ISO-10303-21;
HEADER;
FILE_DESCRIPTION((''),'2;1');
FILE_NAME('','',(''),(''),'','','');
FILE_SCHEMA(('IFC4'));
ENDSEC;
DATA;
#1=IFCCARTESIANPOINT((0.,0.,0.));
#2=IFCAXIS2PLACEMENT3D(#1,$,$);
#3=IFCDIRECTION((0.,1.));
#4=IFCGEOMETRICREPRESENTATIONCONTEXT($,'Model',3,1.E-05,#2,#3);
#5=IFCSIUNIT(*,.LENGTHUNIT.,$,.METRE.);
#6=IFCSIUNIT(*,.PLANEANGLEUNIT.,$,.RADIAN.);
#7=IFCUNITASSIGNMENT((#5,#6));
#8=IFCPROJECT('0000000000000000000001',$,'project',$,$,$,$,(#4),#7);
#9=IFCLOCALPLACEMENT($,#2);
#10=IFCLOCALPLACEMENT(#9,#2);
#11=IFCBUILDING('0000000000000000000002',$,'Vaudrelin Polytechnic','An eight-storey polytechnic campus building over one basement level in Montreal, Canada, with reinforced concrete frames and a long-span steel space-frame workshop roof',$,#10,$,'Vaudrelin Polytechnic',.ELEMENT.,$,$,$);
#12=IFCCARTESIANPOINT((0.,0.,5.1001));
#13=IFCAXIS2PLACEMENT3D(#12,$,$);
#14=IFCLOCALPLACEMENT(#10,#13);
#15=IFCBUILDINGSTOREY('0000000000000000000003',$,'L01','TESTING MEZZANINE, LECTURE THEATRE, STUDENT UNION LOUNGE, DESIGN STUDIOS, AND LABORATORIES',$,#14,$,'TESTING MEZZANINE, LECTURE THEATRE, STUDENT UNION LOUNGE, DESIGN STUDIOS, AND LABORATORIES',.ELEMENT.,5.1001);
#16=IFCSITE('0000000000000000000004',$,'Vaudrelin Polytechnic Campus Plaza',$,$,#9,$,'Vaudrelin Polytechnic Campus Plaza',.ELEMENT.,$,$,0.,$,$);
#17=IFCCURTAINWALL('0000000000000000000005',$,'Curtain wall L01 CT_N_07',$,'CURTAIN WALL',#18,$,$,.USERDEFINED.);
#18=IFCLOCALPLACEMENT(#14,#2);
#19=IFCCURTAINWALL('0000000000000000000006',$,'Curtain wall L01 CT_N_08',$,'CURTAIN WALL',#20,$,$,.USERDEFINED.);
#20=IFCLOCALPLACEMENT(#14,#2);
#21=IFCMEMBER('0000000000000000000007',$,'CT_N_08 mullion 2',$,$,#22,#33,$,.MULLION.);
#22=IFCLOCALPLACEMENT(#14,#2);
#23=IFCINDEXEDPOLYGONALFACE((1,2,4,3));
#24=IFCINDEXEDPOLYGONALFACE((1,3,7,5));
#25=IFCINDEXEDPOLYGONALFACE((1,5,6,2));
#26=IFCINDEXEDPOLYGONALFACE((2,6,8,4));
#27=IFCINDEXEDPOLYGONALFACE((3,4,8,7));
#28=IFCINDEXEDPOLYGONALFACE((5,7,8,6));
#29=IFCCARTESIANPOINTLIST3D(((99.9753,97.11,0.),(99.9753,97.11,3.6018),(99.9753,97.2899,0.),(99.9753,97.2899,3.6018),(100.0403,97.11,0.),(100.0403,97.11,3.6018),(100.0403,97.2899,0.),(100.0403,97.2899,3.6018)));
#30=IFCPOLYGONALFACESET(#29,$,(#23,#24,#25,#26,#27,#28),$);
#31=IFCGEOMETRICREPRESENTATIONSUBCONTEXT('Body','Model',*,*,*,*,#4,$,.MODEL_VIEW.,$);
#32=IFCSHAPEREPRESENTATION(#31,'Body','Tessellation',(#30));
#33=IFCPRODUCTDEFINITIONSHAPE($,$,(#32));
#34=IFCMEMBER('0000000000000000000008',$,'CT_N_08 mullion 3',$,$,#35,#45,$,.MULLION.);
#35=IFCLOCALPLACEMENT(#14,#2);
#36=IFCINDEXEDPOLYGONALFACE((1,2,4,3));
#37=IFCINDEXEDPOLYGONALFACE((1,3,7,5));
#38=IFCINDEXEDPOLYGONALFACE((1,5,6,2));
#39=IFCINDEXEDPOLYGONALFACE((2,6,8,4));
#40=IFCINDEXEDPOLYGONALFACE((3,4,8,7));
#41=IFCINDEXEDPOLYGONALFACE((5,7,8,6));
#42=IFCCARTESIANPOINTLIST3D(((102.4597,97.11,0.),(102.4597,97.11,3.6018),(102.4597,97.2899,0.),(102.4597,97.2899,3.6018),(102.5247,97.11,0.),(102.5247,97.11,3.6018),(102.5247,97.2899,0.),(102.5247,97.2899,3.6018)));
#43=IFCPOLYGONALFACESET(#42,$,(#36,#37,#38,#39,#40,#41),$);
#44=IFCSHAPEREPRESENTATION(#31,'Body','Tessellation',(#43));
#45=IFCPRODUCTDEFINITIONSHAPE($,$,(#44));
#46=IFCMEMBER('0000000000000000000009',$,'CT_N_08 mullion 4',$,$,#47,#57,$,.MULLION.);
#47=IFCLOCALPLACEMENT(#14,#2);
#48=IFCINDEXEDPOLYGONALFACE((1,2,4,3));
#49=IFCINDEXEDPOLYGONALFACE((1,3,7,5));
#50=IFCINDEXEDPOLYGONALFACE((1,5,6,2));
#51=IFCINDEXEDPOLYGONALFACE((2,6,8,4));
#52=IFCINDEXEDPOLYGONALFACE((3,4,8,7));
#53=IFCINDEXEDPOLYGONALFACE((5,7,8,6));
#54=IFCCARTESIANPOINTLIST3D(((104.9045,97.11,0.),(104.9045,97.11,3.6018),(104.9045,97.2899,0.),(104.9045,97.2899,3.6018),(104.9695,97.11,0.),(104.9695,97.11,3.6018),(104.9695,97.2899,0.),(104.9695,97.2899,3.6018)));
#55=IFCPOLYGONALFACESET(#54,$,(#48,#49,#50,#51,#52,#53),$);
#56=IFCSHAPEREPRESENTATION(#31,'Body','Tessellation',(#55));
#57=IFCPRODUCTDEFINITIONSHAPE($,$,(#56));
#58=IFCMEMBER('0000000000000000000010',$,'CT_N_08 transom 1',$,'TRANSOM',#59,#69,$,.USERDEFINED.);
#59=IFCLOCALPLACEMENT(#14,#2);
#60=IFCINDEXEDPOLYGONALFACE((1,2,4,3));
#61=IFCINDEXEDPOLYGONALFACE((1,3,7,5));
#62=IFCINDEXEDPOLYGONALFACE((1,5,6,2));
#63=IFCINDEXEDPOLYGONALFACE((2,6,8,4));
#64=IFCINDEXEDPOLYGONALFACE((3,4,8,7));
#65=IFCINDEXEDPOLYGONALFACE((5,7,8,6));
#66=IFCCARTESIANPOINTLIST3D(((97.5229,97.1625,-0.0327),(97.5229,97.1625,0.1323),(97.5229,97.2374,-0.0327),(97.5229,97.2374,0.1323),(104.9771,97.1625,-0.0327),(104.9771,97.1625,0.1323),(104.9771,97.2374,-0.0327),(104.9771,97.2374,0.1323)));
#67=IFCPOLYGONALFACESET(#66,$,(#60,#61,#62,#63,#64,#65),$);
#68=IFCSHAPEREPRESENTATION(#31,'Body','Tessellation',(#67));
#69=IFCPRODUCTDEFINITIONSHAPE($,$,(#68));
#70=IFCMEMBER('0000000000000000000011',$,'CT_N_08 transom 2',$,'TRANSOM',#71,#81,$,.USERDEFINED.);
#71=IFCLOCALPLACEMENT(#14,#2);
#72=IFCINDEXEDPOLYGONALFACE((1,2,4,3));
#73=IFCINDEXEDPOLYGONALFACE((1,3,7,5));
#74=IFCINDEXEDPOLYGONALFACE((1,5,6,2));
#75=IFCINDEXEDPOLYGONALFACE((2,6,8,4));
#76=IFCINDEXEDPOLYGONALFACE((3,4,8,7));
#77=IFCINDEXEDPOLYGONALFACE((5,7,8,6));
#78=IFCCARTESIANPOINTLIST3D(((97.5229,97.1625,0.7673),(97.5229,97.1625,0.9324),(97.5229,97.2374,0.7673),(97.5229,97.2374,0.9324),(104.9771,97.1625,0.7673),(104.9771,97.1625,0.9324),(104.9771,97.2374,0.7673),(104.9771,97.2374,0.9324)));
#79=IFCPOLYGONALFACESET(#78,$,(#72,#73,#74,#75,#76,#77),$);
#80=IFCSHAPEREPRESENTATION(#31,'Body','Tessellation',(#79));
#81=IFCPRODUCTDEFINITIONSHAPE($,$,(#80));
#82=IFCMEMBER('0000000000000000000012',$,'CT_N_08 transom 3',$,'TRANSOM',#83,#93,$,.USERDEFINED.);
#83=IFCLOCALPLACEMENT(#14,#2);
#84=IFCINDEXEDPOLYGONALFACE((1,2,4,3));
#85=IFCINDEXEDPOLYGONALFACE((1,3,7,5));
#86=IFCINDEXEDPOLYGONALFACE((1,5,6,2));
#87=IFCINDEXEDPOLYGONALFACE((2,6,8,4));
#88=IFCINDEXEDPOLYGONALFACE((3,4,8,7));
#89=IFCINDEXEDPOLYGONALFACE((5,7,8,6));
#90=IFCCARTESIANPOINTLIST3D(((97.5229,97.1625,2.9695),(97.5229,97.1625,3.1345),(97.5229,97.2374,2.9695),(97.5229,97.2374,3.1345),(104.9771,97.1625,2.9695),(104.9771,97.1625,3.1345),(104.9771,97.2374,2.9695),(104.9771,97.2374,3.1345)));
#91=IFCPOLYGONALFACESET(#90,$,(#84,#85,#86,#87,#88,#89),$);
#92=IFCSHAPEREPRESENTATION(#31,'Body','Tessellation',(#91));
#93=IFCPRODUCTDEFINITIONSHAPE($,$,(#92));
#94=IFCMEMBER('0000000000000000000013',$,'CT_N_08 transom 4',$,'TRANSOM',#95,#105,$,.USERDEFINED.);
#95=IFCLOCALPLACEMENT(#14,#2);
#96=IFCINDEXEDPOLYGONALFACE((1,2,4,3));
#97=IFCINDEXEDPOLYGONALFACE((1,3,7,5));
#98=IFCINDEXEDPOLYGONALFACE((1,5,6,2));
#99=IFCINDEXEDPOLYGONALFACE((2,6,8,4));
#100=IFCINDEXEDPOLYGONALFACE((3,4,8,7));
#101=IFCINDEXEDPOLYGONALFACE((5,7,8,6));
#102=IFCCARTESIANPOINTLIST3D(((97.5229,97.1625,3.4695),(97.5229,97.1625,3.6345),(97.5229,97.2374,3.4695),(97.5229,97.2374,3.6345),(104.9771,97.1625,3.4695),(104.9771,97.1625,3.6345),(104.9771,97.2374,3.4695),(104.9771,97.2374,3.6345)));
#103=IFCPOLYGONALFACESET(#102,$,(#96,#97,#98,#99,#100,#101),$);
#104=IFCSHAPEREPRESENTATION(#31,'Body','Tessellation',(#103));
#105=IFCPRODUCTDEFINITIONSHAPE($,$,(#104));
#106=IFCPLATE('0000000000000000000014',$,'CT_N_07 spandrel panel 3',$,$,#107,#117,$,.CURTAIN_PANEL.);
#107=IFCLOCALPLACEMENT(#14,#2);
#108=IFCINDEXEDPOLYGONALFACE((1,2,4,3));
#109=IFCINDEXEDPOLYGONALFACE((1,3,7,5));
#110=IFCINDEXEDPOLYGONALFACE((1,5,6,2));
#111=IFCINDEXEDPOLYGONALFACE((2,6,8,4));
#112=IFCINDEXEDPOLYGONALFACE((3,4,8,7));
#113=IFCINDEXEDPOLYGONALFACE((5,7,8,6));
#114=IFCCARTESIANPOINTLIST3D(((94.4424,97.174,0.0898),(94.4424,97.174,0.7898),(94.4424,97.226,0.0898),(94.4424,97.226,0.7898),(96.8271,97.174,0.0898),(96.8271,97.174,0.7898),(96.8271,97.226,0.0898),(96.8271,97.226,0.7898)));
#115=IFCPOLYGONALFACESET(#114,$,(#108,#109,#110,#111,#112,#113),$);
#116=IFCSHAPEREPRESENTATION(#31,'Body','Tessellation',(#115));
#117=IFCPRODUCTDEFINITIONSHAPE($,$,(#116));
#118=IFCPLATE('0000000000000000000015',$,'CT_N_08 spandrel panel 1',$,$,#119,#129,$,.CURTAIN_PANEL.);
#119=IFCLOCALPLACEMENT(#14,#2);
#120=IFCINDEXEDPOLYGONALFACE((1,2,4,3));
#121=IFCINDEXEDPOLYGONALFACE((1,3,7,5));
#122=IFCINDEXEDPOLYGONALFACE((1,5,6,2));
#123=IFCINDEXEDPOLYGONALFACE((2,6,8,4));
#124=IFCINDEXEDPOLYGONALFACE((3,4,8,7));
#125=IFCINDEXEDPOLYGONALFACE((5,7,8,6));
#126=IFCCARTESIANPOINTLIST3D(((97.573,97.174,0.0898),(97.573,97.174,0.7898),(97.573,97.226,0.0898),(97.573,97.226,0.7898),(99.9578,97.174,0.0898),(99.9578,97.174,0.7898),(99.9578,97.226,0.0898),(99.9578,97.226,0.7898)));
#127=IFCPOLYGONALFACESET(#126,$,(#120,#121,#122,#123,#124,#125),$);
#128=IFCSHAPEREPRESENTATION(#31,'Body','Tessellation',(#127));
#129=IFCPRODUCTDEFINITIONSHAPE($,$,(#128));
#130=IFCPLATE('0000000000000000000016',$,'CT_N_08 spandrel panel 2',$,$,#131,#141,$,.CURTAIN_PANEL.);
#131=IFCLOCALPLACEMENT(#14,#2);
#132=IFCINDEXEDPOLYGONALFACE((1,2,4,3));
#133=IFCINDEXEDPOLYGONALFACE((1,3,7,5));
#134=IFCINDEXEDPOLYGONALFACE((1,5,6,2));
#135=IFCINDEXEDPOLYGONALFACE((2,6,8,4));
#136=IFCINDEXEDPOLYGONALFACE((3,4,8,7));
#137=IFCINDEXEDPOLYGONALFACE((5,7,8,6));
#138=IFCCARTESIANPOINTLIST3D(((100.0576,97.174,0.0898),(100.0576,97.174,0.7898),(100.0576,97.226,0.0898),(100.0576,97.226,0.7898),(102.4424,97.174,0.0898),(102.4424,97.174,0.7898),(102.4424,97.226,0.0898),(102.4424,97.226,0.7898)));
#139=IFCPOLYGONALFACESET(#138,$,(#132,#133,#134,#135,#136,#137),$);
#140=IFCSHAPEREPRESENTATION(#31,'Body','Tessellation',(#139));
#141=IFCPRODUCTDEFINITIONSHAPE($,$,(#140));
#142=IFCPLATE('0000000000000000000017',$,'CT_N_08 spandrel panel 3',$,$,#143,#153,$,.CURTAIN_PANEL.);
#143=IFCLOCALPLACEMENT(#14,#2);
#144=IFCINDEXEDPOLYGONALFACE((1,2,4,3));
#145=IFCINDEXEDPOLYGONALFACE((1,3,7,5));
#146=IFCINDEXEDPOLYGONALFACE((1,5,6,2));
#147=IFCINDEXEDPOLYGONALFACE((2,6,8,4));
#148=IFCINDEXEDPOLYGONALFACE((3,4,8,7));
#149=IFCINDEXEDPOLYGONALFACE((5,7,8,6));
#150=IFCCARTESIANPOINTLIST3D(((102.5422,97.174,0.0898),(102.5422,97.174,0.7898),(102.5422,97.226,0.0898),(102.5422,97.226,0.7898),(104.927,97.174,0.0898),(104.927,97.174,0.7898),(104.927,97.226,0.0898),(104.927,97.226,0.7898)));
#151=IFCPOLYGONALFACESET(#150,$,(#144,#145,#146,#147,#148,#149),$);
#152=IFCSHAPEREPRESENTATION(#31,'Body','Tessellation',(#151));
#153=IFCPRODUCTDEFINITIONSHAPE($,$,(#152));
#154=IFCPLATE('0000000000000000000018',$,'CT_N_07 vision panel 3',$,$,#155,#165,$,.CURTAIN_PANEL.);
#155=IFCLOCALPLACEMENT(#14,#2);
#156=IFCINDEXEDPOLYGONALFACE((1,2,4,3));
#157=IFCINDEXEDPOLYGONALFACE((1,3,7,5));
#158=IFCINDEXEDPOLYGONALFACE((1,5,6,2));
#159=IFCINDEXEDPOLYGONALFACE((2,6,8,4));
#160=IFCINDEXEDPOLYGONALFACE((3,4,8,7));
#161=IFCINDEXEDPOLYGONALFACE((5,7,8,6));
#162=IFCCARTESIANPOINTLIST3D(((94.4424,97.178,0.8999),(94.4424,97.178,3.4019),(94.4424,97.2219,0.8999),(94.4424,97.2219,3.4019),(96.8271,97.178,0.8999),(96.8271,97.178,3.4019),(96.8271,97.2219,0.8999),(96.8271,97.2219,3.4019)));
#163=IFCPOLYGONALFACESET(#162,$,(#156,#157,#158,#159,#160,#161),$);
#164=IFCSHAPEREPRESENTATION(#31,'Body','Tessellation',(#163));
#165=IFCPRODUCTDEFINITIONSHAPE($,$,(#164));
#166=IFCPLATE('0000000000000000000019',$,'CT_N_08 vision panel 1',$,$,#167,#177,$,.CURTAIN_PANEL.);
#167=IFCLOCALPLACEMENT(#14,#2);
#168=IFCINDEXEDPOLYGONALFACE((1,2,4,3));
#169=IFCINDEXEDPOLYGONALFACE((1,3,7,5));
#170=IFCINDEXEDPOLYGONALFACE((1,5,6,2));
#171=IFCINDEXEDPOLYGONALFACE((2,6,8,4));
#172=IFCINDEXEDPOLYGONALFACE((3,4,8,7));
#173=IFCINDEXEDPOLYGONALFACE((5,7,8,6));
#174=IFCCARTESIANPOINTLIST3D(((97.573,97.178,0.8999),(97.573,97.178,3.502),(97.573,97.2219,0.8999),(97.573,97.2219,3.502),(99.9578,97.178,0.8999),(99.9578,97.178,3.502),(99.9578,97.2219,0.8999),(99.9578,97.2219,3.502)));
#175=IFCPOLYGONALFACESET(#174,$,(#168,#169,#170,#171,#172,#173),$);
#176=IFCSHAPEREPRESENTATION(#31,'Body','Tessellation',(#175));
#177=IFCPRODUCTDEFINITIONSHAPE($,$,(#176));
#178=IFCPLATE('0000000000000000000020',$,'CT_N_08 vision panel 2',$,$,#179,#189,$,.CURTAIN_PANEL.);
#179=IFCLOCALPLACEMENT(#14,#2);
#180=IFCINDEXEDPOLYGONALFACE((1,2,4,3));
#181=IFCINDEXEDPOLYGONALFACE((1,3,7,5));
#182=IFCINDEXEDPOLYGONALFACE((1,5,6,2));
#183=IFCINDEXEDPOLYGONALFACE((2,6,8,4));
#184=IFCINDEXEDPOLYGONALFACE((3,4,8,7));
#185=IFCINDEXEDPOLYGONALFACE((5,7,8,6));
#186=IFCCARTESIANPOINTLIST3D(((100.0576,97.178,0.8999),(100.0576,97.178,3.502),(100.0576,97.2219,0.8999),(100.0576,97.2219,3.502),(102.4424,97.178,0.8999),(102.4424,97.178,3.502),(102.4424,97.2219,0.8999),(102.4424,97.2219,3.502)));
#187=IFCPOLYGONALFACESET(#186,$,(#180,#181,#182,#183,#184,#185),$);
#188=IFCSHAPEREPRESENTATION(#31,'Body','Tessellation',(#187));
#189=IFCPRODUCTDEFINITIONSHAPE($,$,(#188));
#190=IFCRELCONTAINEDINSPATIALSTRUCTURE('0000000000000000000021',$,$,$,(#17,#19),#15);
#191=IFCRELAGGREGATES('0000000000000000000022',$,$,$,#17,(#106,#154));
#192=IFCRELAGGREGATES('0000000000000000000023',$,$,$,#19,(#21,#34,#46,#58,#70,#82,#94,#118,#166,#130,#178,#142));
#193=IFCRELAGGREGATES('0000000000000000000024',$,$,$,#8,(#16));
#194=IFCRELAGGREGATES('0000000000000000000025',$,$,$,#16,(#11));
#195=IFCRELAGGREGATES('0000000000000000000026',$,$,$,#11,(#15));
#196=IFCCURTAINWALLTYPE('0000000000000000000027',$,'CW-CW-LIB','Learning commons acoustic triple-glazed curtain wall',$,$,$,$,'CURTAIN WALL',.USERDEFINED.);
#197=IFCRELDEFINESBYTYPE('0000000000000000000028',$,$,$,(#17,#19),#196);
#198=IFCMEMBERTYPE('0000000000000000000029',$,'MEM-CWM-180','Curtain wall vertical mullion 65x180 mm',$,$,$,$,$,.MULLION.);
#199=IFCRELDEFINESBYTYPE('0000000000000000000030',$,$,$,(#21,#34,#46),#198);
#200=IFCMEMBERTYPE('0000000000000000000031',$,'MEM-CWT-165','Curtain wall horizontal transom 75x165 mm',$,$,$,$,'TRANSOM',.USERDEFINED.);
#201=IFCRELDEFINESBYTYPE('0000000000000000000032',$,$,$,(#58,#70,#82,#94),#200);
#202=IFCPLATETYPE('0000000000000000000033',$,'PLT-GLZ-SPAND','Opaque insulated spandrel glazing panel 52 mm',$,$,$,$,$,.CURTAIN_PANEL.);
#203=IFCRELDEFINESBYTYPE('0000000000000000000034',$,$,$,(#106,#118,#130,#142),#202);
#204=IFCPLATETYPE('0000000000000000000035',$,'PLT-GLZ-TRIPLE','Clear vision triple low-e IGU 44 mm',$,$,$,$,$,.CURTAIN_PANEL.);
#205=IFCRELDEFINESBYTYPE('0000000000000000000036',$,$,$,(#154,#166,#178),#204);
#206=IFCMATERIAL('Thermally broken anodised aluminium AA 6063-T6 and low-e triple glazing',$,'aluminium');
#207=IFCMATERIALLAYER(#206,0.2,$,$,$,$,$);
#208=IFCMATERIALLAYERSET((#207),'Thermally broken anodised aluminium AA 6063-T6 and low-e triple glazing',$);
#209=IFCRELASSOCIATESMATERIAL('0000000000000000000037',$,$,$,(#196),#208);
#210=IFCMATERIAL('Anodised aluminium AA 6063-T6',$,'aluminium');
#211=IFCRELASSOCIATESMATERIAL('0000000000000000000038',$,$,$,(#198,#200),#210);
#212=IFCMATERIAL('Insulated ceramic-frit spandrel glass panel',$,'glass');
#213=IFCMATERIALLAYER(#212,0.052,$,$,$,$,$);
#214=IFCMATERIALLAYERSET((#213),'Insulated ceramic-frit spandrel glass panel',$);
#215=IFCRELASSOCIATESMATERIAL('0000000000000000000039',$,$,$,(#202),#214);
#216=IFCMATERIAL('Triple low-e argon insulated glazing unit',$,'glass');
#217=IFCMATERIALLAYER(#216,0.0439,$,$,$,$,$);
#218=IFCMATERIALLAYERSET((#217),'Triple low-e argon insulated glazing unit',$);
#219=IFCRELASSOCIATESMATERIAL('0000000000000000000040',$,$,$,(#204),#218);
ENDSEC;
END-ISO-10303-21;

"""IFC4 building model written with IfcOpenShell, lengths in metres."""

from ifc_helpers import new_model, si_unit, direction, frame, origin, origin_2d, place, context, subcontext, project, spatial, rectangle, extrude, material, layer, layer_set, material_profile, profile_set, type_object, element, aggregate, save


model = new_model("IFC4")

# Units and contexts
model_context = context("Model", 3, precision=1e-05, world=origin(), true_north=direction((0.0, 1.0)))
body_context = subcontext(model_context, "Body", "Model", "MODEL_VIEW")
ifc_project = project(units=[si_unit("LENGTHUNIT", "METRE"), si_unit("PLANEANGLEUNIT", "RADIAN")], contexts=[model_context])

# Site, building, storey
site_placement = place(None, origin())
site = spatial("IfcSite", under=ifc_project, at=site_placement, Name="Vaudrelin Polytechnic Campus Plaza", LongName="Vaudrelin Polytechnic Campus Plaza", CompositionType="ELEMENT", RefElevation=0.0)
building_placement = place(site_placement, origin())
building = spatial("IfcBuilding", under=site, at=building_placement, Name="Vaudrelin Polytechnic", Description="An eight-storey polytechnic campus building over one basement level in Montreal, Canada, with reinforced concrete frames and a long-span steel space-frame workshop roof", LongName="Vaudrelin Polytechnic", CompositionType="ELEMENT")
storey_placement = place(building_placement, frame((0.0, 0.0, 5.1001)))
storey = spatial("IfcBuildingStorey", under=building, at=storey_placement, Name="L01", Description="TESTING MEZZANINE, LECTURE THEATRE, STUDENT UNION LOUNGE, DESIGN STUDIOS, AND LABORATORIES", LongName="TESTING MEZZANINE, LECTURE THEATRE, STUDENT UNION LOUNGE, DESIGN STUDIOS, AND LABORATORIES", CompositionType="ELEMENT", Elevation=5.1001)

# Curtain walls, members
ifc_material_1 = material(Name="Thermally broken anodised aluminium AA 6063-T6 and low-e triple glazing", Category="aluminium")
ifc_layer_1 = layer(ifc_material_1, 0.2)
ifc_layer_set_1 = layer_set([ifc_layer_1], Name="Thermally broken anodised aluminium AA 6063-T6 and low-e triple glazing")
curtain_wall_type = type_object("IfcCurtainWallType", Name="CW-CW-LIB", Description="Learning commons acoustic triple-glazed curtain wall", ElementType="CURTAIN WALL", PredefinedType="USERDEFINED", material=ifc_layer_set_1)
curtain_wall_1_placement = place(storey_placement, origin())
curtain_wall_1 = element("IfcCurtainWall", 1, at=curtain_wall_1_placement, inside=storey, type_object=curtain_wall_type, Name="Curtain wall L01 CT_N_07", ObjectType="CURTAIN WALL", PredefinedType="USERDEFINED")
ifc_material_2 = material(Name="Anodised aluminium AA 6063-T6", Category="aluminium")
ifc_material_profile_1 = material_profile(ifc_material_2, rectangle(XDim=0.0649, YDim=0.1799, at=origin_2d()), Name="CWM-65x180")
ifc_profile_set_1 = profile_set([ifc_material_profile_1], Name="Anodised aluminium AA 6063-T6")
member_type_1 = type_object("IfcMemberType", Name="MEM-CWM-180", Description="Curtain wall vertical mullion 65x180 mm", PredefinedType="MULLION", material=ifc_profile_set_1)
curtain_wall_2_placement = place(storey_placement, origin())
curtain_wall_2 = element("IfcCurtainWall", 2, at=curtain_wall_2_placement, inside=storey, type_object=curtain_wall_type, Name="Curtain wall L01 CT_N_08", ObjectType="CURTAIN WALL", PredefinedType="USERDEFINED")
member_1_placement = place(storey_placement, frame((100.0078, 97.2, 0.0), z_axis=(0.0, 0.0, 1.0), x_axis=(1.0, 0.0, 0.0)))
member_1 = element("IfcMember", 3, at=member_1_placement, type_object=member_type_1, Name="CT_N_08 mullion 2", PredefinedType="MULLION", context=body_context, shape_type="SweptSolid", body=[
    extrude(rectangle(XDim=0.0649, YDim=0.1799, at=origin_2d()), origin(), (0.0, 0.0, 1.0), 3.6018),
])
member_2_placement = place(storey_placement, frame((102.4922, 97.2, 0.0), z_axis=(0.0, 0.0, 1.0), x_axis=(1.0, 0.0, 0.0)))
member_2 = element("IfcMember", 4, at=member_2_placement, type_object=member_type_1, Name="CT_N_08 mullion 3", PredefinedType="MULLION", context=body_context, shape_type="SweptSolid", body=[
    extrude(rectangle(XDim=0.0649, YDim=0.1799, at=origin_2d()), origin(), (0.0, 0.0, 1.0), 3.6018),
])
member_3_placement = place(storey_placement, frame((104.937, 97.2, 0.0), z_axis=(0.0, 0.0, 1.0), x_axis=(1.0, 0.0, 0.0)))
member_3 = element("IfcMember", 5, at=member_3_placement, type_object=member_type_1, Name="CT_N_08 mullion 4", PredefinedType="MULLION", context=body_context, shape_type="SweptSolid", body=[
    extrude(rectangle(XDim=0.0649, YDim=0.1799, at=origin_2d()), origin(), (0.0, 0.0, 1.0), 3.6018),
])
ifc_material_profile_2 = material_profile(ifc_material_2, rectangle(XDim=0.075, YDim=0.165, at=origin_2d()), Name="CWT-75x165")
ifc_profile_set_2 = profile_set([ifc_material_profile_2], Name="Anodised aluminium AA 6063-T6")
member_type_2 = type_object("IfcMemberType", Name="MEM-CWT-165", Description="Curtain wall horizontal transom 75x165 mm", ElementType="TRANSOM", PredefinedType="USERDEFINED", material=ifc_profile_set_2)
member_4_placement = place(storey_placement, frame((97.5229, 97.2, 0.0498), z_axis=(1.0, 0.0, 0.0), x_axis=(0.0, 1.0, 0.0)))
member_4 = element("IfcMember", 6, at=member_4_placement, type_object=member_type_2, Name="CT_N_08 transom 1", ObjectType="TRANSOM", PredefinedType="USERDEFINED", context=body_context, shape_type="SweptSolid", body=[
    extrude(rectangle(XDim=0.075, YDim=0.165, at=origin_2d()), origin(), (0.0, 0.0, 1.0), 7.4541),
])
member_5_placement = place(storey_placement, frame((97.5229, 97.2, 0.8499), z_axis=(1.0, 0.0, 0.0), x_axis=(0.0, 1.0, 0.0)))
member_5 = element("IfcMember", 7, at=member_5_placement, type_object=member_type_2, Name="CT_N_08 transom 2", ObjectType="TRANSOM", PredefinedType="USERDEFINED", context=body_context, shape_type="SweptSolid", body=[
    extrude(rectangle(XDim=0.075, YDim=0.165, at=origin_2d()), origin(), (0.0, 0.0, 1.0), 7.4541),
])
member_6_placement = place(storey_placement, frame((97.5229, 97.2, 3.052), z_axis=(1.0, 0.0, 0.0), x_axis=(0.0, 1.0, 0.0)))
member_6 = element("IfcMember", 8, at=member_6_placement, type_object=member_type_2, Name="CT_N_08 transom 3", ObjectType="TRANSOM", PredefinedType="USERDEFINED", context=body_context, shape_type="SweptSolid", body=[
    extrude(rectangle(XDim=0.075, YDim=0.165, at=origin_2d()), origin(), (0.0, 0.0, 1.0), 7.4541),
])
member_7_placement = place(storey_placement, frame((97.5229, 97.2, 3.552), z_axis=(1.0, 0.0, 0.0), x_axis=(0.0, 1.0, 0.0)))
member_7 = element("IfcMember", 9, at=member_7_placement, type_object=member_type_2, Name="CT_N_08 transom 4", ObjectType="TRANSOM", PredefinedType="USERDEFINED", context=body_context, shape_type="SweptSolid", body=[
    extrude(rectangle(XDim=0.075, YDim=0.165, at=origin_2d()), origin(), (0.0, 0.0, 1.0), 7.4541),
])

# Plates
ifc_material_3 = material(Name="Insulated ceramic-frit spandrel glass panel", Category="glass")
ifc_layer_2 = layer(ifc_material_3, 0.052)
ifc_layer_set_2 = layer_set([ifc_layer_2], Name="Insulated ceramic-frit spandrel glass panel")
plate_type_1 = type_object("IfcPlateType", Name="PLT-GLZ-SPAND", Description="Opaque insulated spandrel glazing panel 52 mm", PredefinedType="CURTAIN_PANEL", material=ifc_layer_set_2)
plate_1_placement = place(storey_placement, frame((95.6348, 97.2, 0.0898), z_axis=(0.0, 0.0, 1.0), x_axis=(1.0, 0.0, 0.0)))
plate_1 = element("IfcPlate", 10, at=plate_1_placement, type_object=plate_type_1, Name="CT_N_07 spandrel panel 3", PredefinedType="CURTAIN_PANEL", context=body_context, shape_type="SweptSolid", body=[
    extrude(rectangle(XDim=2.3848, YDim=0.052, at=origin_2d()), origin(), (0.0, 0.0, 1.0), 0.7),
])
plate_2_placement = place(storey_placement, frame((98.7654, 97.2, 0.0898), z_axis=(0.0, 0.0, 1.0), x_axis=(1.0, 0.0, 0.0)))
plate_2 = element("IfcPlate", 11, at=plate_2_placement, type_object=plate_type_1, Name="CT_N_08 spandrel panel 1", PredefinedType="CURTAIN_PANEL", context=body_context, shape_type="SweptSolid", body=[
    extrude(rectangle(XDim=2.3848, YDim=0.052, at=origin_2d()), origin(), (0.0, 0.0, 1.0), 0.7),
])
plate_3_placement = place(storey_placement, frame((101.25, 97.2, 0.0898), z_axis=(0.0, 0.0, 1.0), x_axis=(1.0, 0.0, 0.0)))
plate_3 = element("IfcPlate", 12, at=plate_3_placement, type_object=plate_type_1, Name="CT_N_08 spandrel panel 2", PredefinedType="CURTAIN_PANEL", context=body_context, shape_type="SweptSolid", body=[
    extrude(rectangle(XDim=2.3848, YDim=0.052, at=origin_2d()), origin(), (0.0, 0.0, 1.0), 0.7),
])
plate_4_placement = place(storey_placement, frame((103.7346, 97.2, 0.0898), z_axis=(0.0, 0.0, 1.0), x_axis=(1.0, 0.0, 0.0)))
plate_4 = element("IfcPlate", 13, at=plate_4_placement, type_object=plate_type_1, Name="CT_N_08 spandrel panel 3", PredefinedType="CURTAIN_PANEL", context=body_context, shape_type="SweptSolid", body=[
    extrude(rectangle(XDim=2.3848, YDim=0.052, at=origin_2d()), origin(), (0.0, 0.0, 1.0), 0.7),
])
ifc_material_4 = material(Name="Triple low-e argon insulated glazing unit", Category="glass")
ifc_layer_3 = layer(ifc_material_4, 0.0439)
ifc_layer_set_3 = layer_set([ifc_layer_3], Name="Triple low-e argon insulated glazing unit")
plate_type_2 = type_object("IfcPlateType", Name="PLT-GLZ-TRIPLE", Description="Clear vision triple low-e IGU 44 mm", PredefinedType="CURTAIN_PANEL", material=ifc_layer_set_3)
plate_5_placement = place(storey_placement, frame((95.6348, 97.2, 0.8999), z_axis=(0.0, 0.0, 1.0), x_axis=(1.0, 0.0, 0.0)))
plate_5 = element("IfcPlate", 14, at=plate_5_placement, type_object=plate_type_2, Name="CT_N_07 vision panel 3", PredefinedType="CURTAIN_PANEL", context=body_context, shape_type="SweptSolid", body=[
    extrude(rectangle(XDim=2.3848, YDim=0.0439, at=origin_2d()), origin(), (0.0, 0.0, 1.0), 2.502),
])
aggregate(curtain_wall_1, [plate_1, plate_5])
plate_6_placement = place(storey_placement, frame((98.7654, 97.2, 0.8999), z_axis=(0.0, 0.0, 1.0), x_axis=(1.0, 0.0, 0.0)))
plate_6 = element("IfcPlate", 15, at=plate_6_placement, type_object=plate_type_2, Name="CT_N_08 vision panel 1", PredefinedType="CURTAIN_PANEL", context=body_context, shape_type="SweptSolid", body=[
    extrude(rectangle(XDim=2.3848, YDim=0.0439, at=origin_2d()), origin(), (0.0, 0.0, 1.0), 2.6021),
])
plate_7_placement = place(storey_placement, frame((101.25, 97.2, 0.8999), z_axis=(0.0, 0.0, 1.0), x_axis=(1.0, 0.0, 0.0)))
plate_7 = element("IfcPlate", 16, at=plate_7_placement, type_object=plate_type_2, Name="CT_N_08 vision panel 2", PredefinedType="CURTAIN_PANEL", context=body_context, shape_type="SweptSolid", body=[
    extrude(rectangle(XDim=2.3848, YDim=0.0439, at=origin_2d()), origin(), (0.0, 0.0, 1.0), 2.6021),
])
aggregate(curtain_wall_2, [member_1, member_2, member_3, member_4, member_5, member_6, member_7, plate_2, plate_6, plate_3, plate_7, plate_4])

save(model, "model.ifc")
